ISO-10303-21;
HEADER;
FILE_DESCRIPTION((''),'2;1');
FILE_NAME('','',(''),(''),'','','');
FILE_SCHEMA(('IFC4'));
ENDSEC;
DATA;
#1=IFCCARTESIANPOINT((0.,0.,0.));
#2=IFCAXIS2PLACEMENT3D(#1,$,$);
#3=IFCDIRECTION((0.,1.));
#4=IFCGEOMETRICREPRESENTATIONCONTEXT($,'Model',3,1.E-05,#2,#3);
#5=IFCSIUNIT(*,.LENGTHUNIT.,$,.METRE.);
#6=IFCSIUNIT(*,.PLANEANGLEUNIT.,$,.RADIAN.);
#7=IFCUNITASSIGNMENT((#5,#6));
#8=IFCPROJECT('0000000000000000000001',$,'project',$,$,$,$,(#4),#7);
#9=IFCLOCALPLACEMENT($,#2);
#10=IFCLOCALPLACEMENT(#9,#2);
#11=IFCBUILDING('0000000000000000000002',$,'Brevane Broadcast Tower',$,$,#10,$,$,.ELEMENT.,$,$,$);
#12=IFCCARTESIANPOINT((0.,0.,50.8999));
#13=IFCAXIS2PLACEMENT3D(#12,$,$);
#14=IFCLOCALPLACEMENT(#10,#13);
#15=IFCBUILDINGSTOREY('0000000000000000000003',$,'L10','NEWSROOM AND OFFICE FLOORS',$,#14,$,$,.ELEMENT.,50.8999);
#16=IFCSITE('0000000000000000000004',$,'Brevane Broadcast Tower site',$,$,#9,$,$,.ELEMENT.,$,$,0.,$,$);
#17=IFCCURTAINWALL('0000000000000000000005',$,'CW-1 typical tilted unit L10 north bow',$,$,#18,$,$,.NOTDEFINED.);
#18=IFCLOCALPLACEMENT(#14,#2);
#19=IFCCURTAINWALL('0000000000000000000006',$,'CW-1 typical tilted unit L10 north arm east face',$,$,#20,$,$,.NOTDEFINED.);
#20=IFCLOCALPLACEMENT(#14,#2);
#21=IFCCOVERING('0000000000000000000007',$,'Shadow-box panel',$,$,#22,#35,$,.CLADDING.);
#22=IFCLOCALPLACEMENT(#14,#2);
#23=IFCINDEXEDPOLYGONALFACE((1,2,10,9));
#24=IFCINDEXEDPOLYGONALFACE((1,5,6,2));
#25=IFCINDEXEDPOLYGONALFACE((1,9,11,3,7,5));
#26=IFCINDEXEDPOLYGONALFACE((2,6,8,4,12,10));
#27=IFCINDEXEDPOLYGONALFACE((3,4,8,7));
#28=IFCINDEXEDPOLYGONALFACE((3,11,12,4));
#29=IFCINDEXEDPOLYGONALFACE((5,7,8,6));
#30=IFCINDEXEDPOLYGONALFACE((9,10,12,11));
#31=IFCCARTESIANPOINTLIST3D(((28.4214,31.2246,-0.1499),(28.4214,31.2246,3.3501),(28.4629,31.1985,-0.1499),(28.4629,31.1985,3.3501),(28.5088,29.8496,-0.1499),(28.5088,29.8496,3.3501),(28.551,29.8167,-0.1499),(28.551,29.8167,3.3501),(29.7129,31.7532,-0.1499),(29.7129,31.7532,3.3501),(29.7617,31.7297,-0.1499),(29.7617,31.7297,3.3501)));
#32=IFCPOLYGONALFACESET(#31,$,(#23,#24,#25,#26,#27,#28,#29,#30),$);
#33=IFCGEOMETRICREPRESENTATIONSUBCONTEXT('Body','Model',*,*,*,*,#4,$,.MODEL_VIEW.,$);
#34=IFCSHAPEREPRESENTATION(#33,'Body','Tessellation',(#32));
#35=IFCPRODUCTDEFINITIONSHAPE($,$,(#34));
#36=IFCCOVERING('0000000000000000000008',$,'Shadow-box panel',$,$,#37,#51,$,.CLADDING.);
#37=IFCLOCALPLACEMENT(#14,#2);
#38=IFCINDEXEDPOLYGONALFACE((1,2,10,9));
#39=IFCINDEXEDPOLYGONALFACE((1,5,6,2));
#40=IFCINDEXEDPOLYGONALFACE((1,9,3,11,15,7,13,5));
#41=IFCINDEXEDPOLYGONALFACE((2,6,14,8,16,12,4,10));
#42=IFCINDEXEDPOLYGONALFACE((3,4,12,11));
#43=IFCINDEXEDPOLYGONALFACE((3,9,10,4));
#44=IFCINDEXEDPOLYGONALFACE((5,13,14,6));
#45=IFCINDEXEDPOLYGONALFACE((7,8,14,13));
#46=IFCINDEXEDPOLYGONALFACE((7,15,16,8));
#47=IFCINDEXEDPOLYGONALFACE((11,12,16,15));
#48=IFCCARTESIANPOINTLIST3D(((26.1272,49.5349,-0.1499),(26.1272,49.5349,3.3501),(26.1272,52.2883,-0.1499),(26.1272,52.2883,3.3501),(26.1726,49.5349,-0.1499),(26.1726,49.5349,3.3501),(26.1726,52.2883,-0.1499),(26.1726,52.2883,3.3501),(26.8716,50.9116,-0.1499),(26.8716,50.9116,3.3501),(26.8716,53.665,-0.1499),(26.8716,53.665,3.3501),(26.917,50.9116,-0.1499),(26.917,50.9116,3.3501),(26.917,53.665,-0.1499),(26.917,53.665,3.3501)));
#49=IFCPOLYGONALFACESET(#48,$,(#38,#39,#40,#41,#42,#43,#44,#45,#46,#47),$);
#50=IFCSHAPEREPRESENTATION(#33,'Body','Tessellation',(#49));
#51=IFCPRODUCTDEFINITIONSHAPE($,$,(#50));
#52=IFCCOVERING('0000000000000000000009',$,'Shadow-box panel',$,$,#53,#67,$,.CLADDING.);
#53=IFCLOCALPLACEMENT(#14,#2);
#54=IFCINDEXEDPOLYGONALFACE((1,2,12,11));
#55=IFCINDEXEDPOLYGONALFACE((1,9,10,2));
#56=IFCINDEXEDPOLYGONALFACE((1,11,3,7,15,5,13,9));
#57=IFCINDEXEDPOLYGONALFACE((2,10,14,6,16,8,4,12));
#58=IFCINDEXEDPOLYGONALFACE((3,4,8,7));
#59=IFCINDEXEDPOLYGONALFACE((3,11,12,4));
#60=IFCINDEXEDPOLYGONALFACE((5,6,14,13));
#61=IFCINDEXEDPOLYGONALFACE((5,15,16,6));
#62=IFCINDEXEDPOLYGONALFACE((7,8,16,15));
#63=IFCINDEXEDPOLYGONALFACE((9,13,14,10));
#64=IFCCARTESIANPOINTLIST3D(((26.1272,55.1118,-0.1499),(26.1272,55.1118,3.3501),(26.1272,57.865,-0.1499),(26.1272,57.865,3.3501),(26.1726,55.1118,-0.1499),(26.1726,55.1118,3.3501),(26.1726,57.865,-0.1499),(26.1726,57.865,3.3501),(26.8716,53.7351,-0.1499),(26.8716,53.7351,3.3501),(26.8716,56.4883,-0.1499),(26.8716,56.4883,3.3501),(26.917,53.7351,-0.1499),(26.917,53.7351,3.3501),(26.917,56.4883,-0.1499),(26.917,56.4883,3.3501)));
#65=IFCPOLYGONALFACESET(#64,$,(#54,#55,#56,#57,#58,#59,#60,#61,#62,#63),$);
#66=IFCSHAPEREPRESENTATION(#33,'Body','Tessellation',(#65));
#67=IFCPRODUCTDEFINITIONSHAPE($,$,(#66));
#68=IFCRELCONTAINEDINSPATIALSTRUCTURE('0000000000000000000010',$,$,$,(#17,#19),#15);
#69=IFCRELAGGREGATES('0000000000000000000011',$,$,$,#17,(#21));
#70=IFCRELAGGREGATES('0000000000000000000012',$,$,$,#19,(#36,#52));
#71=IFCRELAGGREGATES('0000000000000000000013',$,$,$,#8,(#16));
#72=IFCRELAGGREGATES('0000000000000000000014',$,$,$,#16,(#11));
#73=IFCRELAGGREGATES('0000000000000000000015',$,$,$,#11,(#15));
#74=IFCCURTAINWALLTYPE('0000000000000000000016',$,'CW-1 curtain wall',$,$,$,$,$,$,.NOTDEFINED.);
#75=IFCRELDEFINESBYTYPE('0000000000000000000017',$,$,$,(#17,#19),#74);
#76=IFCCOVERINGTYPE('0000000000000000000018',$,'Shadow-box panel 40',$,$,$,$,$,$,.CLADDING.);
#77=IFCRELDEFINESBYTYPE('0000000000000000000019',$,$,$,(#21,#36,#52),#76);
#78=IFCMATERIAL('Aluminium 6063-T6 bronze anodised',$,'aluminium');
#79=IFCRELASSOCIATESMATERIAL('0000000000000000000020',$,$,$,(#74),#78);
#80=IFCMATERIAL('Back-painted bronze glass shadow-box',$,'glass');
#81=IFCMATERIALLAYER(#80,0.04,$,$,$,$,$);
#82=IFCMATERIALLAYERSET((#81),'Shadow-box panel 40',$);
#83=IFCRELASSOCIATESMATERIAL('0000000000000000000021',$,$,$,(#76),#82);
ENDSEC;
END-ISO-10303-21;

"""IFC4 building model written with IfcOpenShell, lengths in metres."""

from ifc_helpers import new_model, si_unit, direction, frame, origin, place, context, subcontext, project, spatial, polyline, outline, extrude, material, layer, layer_set, type_object, element, aggregate, save


model = new_model("IFC4")

# Units and contexts
model_context = context("Model", 3, precision=1e-05, world=origin(), true_north=direction((0.0, 1.0)))
body_context = subcontext(model_context, "Body", "Model", "MODEL_VIEW")
ifc_project = project(units=[si_unit("LENGTHUNIT", "METRE"), si_unit("PLANEANGLEUNIT", "RADIAN")], contexts=[model_context])

# Site, building, storey
site_placement = place(None, origin())
site = spatial("IfcSite", under=ifc_project, at=site_placement, Name="Brevane Broadcast Tower site", CompositionType="ELEMENT", RefElevation=0.0)
building_placement = place(site_placement, origin())
building = spatial("IfcBuilding", under=site, at=building_placement, Name="Brevane Broadcast Tower", CompositionType="ELEMENT")
storey_placement = place(building_placement, frame((0.0, 0.0, 50.8999)))
storey = spatial("IfcBuildingStorey", under=building, at=storey_placement, Name="L10", Description="NEWSROOM AND OFFICE FLOORS", CompositionType="ELEMENT", Elevation=50.8999)

# Shared definitions
ifc_material_1 = material(Name="Aluminium 6063-T6 bronze anodised", Category="aluminium")
curtain_wall_type = type_object("IfcCurtainWallType", Name="CW-1 curtain wall", PredefinedType="NOTDEFINED", material=ifc_material_1)

# Curtain walls
curtain_wall_1_placement = place(storey_placement, origin())
curtain_wall_1 = element("IfcCurtainWall", 1, at=curtain_wall_1_placement, inside=storey, type_object=curtain_wall_type, Name="CW-1 typical tilted unit L10 north bow", PredefinedType="NOTDEFINED")
curtain_wall_2_placement = place(storey_placement, origin())
curtain_wall_2 = element("IfcCurtainWall", 2, at=curtain_wall_2_placement, inside=storey, type_object=curtain_wall_type, Name="CW-1 typical tilted unit L10 north arm east face", PredefinedType="NOTDEFINED")

# Coverings
ifc_material_2 = material(Name="Back-painted bronze glass shadow-box", Category="glass")
ifc_layer_1 = layer(ifc_material_2, 0.04)
ifc_layer_set_1 = layer_set([ifc_layer_1], Name="Shadow-box panel 40")
covering_type = type_object("IfcCoveringType", Name="Shadow-box panel 40", PredefinedType="CLADDING", material=ifc_layer_set_1)
covering_1_placement = place(storey_placement, frame((0.0, 0.0, -0.1499)))
covering_1 = element("IfcCovering", 3, at=covering_1_placement, type_object=covering_type, Name="Shadow-box panel", PredefinedType="CLADDING", context=body_context, shape_type="SweptSolid", body=[
    extrude(outline(polyline([(28.5088, 29.8496), (28.551, 29.8167), (28.4629, 31.1985), (29.7617, 31.7297), (29.7129, 31.7532), (28.4214, 31.2246), (28.5088, 29.8496)])), origin(), (0.0, 0.0, 1.0), 3.5),
])
aggregate(curtain_wall_1, [covering_1])
covering_2_placement = place(storey_placement, frame((0.0, 0.0, -0.1499)))
covering_2 = element("IfcCovering", 4, at=covering_2_placement, type_object=covering_type, Name="Shadow-box panel", PredefinedType="CLADDING", context=body_context, shape_type="SweptSolid", body=[
    extrude(outline(polyline([(26.1272, 49.5349), (26.1726, 49.5349), (26.917, 50.9116), (26.1726, 52.2883), (26.917, 53.665), (26.8716, 53.665), (26.1272, 52.2883), (26.8716, 50.9116), (26.1272, 49.5349)])), origin(), (0.0, 0.0, 1.0), 3.5),
])
covering_3_placement = place(storey_placement, frame((0.0, 0.0, -0.1499)))
covering_3 = element("IfcCovering", 5, at=covering_3_placement, type_object=covering_type, Name="Shadow-box panel", PredefinedType="CLADDING", context=body_context, shape_type="SweptSolid", body=[
    extrude(outline(polyline([(26.8716, 53.7351), (26.917, 53.7351), (26.1726, 55.1118), (26.917, 56.4883), (26.1726, 57.865), (26.1272, 57.865), (26.8716, 56.4883), (26.1272, 55.1118), (26.8716, 53.7351)])), origin(), (0.0, 0.0, 1.0), 3.5),
])
aggregate(curtain_wall_2, [covering_2, covering_3])

save(model, "model.ifc")
